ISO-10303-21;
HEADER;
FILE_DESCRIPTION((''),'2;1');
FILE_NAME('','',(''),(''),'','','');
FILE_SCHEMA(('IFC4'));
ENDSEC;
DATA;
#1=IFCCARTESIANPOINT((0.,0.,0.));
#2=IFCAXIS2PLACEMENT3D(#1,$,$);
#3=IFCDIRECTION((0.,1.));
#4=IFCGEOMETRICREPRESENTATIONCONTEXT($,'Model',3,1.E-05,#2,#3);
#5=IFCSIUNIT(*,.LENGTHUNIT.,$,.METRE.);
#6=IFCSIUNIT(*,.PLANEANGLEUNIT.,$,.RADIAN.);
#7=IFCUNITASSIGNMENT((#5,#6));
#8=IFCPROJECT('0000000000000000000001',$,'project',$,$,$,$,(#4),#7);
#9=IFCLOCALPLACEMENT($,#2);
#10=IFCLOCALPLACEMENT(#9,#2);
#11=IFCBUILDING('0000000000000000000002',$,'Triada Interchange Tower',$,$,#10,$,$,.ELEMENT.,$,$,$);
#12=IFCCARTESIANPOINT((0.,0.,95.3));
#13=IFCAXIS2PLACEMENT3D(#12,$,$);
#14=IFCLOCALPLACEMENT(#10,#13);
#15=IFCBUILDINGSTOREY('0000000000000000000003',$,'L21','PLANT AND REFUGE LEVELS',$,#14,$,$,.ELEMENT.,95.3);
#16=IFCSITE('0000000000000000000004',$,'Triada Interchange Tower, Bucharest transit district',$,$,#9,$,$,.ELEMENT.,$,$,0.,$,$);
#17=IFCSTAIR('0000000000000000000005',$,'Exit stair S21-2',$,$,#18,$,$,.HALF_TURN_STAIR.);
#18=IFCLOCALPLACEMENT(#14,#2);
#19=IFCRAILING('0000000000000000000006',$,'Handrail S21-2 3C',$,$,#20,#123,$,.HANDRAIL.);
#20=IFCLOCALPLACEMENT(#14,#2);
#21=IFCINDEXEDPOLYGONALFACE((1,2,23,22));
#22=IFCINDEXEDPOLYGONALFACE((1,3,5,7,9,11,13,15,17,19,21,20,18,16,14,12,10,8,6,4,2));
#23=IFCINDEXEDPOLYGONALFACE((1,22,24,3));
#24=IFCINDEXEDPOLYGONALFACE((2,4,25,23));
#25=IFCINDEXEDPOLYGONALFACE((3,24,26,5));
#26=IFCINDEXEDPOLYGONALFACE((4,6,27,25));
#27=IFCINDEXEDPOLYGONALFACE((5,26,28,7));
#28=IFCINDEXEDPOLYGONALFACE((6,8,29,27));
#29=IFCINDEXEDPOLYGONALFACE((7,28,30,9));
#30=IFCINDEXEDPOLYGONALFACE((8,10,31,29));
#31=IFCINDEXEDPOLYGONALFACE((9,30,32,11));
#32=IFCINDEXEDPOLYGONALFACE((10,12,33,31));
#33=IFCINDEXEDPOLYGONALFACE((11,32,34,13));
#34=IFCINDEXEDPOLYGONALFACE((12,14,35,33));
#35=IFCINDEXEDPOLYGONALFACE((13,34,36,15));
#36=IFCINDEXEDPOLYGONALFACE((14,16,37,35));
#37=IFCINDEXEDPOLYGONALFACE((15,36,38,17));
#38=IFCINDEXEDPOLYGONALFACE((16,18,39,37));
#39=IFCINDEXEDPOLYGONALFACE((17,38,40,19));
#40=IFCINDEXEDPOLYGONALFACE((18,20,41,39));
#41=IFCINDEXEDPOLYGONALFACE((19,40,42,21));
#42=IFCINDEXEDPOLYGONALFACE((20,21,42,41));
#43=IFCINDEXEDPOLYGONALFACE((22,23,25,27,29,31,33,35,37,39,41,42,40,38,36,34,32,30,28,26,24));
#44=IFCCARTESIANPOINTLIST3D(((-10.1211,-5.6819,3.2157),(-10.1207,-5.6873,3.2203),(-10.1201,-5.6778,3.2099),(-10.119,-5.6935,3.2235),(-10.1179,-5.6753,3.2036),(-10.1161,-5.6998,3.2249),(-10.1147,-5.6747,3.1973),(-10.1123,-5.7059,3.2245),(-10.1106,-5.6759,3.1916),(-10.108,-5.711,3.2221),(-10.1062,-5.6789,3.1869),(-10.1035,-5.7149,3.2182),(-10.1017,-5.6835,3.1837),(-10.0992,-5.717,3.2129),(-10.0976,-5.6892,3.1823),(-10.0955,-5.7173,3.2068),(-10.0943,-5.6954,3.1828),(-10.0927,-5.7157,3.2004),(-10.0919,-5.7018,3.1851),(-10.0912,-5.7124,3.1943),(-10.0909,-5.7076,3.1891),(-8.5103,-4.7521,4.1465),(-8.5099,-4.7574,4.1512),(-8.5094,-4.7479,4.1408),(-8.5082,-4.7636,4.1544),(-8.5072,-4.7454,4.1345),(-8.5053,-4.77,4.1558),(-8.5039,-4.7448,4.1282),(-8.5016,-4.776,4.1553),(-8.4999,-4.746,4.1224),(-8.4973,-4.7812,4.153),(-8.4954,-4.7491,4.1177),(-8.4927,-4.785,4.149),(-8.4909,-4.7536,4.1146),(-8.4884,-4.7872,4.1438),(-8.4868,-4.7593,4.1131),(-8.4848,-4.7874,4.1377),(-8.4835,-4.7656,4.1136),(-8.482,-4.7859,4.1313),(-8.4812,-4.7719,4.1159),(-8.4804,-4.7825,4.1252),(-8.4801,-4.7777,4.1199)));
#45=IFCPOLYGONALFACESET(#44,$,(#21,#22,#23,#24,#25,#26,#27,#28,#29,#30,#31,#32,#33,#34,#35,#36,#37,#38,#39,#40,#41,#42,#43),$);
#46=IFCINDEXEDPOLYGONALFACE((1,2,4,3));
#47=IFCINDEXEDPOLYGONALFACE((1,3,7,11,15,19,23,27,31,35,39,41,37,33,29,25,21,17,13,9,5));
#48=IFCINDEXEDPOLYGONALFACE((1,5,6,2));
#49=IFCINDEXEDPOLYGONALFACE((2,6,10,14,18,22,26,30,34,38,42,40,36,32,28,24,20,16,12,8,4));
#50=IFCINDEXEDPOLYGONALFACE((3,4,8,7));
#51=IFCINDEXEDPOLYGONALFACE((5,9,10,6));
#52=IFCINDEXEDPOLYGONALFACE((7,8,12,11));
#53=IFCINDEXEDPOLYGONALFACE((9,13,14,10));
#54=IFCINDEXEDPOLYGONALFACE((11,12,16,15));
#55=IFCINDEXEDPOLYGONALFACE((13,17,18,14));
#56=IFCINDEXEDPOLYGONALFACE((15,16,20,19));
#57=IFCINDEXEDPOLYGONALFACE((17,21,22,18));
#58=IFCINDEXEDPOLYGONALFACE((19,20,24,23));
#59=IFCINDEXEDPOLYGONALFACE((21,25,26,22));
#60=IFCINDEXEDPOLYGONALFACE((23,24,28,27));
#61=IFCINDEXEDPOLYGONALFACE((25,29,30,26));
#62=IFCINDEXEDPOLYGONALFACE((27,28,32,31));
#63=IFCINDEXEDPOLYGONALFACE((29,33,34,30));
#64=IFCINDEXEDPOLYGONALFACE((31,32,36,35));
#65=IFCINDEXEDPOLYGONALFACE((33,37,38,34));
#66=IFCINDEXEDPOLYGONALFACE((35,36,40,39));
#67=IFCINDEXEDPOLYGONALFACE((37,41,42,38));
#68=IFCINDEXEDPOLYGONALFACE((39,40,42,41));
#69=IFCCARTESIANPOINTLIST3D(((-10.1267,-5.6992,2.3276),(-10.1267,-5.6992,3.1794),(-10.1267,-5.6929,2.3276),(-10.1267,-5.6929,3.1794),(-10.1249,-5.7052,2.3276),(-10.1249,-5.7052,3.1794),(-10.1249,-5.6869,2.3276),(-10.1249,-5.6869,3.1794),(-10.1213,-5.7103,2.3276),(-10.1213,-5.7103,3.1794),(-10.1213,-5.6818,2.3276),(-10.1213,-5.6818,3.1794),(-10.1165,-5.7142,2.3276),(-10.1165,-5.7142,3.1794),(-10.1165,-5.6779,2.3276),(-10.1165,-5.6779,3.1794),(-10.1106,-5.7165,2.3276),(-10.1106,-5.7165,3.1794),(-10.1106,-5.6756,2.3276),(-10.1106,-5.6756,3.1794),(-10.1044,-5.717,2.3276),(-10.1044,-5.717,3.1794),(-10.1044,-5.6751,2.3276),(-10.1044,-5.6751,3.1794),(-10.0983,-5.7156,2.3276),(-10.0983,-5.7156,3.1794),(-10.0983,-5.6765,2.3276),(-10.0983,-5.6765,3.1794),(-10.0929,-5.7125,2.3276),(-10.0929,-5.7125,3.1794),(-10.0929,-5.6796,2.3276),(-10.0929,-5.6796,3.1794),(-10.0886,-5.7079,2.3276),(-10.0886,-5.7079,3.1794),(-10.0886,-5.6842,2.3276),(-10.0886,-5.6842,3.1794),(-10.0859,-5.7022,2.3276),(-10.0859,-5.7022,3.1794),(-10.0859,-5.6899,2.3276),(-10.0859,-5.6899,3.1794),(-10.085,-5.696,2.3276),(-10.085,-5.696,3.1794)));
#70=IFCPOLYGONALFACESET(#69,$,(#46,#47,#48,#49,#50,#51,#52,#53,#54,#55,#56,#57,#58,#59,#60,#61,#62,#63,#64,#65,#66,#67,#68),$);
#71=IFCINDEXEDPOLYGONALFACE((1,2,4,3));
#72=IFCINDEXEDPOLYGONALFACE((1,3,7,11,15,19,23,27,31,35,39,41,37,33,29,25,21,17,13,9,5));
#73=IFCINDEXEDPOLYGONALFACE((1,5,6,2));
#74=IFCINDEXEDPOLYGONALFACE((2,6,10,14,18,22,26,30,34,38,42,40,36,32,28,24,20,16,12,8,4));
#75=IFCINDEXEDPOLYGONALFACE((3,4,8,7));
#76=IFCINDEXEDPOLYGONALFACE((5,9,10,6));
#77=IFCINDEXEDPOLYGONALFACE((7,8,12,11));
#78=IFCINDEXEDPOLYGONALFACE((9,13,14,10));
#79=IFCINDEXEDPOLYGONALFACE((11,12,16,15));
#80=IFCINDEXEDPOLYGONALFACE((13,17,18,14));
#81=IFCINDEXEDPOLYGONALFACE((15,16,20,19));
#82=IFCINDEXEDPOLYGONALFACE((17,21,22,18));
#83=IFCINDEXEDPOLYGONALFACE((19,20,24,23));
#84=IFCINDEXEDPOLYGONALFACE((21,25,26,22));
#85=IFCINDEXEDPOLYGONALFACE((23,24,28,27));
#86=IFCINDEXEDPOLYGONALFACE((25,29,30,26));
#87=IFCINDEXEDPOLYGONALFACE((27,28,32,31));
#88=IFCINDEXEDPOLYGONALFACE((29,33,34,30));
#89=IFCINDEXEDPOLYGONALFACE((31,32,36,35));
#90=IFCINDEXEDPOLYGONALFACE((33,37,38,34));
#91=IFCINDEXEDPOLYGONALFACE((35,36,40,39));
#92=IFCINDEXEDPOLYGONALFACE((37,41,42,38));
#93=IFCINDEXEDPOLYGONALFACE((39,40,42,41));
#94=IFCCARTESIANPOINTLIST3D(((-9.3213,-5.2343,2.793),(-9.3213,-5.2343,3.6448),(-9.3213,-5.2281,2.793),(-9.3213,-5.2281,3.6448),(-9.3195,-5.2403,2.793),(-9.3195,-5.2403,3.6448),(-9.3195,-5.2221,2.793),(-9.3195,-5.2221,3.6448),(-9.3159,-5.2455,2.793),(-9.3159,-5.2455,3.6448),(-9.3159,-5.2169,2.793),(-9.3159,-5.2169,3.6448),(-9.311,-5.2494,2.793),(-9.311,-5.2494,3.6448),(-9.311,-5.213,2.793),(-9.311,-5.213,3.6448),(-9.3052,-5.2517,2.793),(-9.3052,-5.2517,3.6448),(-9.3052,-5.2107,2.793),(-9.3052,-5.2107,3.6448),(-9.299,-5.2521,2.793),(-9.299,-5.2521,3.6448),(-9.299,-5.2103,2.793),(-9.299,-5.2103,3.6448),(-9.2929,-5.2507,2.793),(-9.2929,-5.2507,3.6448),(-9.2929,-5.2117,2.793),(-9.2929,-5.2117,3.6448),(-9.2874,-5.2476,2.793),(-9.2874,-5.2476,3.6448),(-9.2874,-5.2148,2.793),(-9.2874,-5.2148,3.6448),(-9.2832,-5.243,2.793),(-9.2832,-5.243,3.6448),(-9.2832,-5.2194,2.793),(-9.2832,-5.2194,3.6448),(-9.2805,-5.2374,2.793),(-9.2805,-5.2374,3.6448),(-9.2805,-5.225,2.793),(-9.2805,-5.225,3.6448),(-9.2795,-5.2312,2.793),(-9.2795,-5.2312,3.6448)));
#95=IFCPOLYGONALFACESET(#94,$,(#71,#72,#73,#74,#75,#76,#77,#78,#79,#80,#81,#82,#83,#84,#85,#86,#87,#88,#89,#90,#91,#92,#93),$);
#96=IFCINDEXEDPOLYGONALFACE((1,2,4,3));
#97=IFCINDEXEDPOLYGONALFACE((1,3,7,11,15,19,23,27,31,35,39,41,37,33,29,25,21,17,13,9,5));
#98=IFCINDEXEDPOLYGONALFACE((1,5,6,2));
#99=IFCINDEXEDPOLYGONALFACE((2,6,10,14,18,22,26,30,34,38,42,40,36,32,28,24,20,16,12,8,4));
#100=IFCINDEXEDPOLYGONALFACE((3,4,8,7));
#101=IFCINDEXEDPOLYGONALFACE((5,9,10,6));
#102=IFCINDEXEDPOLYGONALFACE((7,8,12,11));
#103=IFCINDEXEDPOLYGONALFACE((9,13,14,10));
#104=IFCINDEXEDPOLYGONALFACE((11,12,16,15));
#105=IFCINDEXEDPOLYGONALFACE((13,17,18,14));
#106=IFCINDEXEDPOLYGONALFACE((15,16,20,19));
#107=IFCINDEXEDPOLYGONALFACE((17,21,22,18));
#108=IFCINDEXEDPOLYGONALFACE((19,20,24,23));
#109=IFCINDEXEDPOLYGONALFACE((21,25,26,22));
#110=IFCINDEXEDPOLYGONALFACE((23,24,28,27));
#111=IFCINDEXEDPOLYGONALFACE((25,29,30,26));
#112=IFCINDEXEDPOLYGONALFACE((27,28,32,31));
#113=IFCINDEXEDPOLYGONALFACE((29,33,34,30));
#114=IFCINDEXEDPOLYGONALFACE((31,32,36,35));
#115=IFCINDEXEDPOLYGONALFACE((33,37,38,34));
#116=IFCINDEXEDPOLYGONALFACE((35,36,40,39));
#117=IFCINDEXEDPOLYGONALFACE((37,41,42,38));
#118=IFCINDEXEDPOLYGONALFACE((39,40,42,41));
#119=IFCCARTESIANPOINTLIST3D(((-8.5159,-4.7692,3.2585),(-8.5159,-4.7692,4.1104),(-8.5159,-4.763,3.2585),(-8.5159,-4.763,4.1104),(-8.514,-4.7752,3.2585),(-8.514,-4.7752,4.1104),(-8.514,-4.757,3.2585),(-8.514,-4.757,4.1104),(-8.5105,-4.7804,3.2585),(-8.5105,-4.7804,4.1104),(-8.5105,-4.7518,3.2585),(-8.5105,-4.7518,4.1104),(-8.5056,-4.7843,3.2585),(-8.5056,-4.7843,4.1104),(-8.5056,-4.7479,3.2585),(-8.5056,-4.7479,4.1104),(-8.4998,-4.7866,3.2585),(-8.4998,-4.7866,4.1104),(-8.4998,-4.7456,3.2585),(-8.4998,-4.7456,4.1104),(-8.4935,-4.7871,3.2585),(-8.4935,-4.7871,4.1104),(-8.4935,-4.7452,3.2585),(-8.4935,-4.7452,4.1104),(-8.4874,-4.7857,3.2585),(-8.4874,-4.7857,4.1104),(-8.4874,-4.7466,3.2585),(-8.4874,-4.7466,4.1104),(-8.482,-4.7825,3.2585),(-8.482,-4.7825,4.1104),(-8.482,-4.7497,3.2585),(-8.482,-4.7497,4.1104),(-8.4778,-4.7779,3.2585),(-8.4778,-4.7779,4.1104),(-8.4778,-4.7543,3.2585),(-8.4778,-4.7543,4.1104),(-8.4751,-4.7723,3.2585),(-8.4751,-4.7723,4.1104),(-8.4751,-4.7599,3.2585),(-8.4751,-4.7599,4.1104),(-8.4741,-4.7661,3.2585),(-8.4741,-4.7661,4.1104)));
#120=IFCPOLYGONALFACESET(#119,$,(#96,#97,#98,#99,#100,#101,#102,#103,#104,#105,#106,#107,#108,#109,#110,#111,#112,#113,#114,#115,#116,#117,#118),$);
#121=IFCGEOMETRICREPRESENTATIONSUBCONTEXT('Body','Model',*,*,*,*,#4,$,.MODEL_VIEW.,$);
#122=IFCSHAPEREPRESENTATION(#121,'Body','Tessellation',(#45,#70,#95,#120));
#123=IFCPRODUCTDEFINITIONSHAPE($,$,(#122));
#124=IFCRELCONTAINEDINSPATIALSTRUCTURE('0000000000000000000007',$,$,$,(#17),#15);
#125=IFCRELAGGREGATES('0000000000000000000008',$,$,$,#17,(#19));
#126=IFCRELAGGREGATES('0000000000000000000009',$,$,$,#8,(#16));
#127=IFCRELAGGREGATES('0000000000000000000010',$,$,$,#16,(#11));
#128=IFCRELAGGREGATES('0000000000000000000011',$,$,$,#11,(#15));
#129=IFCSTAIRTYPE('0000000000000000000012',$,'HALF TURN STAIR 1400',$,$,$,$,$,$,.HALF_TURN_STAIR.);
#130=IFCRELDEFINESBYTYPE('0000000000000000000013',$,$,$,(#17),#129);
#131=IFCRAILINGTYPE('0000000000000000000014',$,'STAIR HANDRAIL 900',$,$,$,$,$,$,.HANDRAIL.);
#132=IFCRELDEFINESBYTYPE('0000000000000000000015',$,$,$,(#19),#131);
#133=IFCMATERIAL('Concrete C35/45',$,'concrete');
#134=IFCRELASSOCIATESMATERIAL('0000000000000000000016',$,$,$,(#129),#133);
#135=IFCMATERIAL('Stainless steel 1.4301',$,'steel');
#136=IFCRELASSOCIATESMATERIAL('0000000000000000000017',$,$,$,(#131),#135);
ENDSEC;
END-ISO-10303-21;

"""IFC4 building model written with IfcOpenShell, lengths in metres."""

from ifc_helpers import new_model, si_unit, direction, frame, origin, origin_2d, place, context, subcontext, project, spatial, circle, extrude, material, type_object, element, aggregate, save


model = new_model("IFC4")

# Units and contexts
model_context = context("Model", 3, precision=1e-05, world=origin(), true_north=direction((0.0, 1.0)))
body_context = subcontext(model_context, "Body", "Model", "MODEL_VIEW")
ifc_project = project(units=[si_unit("LENGTHUNIT", "METRE"), si_unit("PLANEANGLEUNIT", "RADIAN")], contexts=[model_context])

# Site, building, storey
site_placement = place(None, origin())
site = spatial("IfcSite", under=ifc_project, at=site_placement, Name="Triada Interchange Tower, Bucharest transit district", CompositionType="ELEMENT", RefElevation=0.0)
building_placement = place(site_placement, origin())
building = spatial("IfcBuilding", under=site, at=building_placement, Name="Triada Interchange Tower", CompositionType="ELEMENT")
storey_placement = place(building_placement, frame((0.0, 0.0, 95.3)))
storey = spatial("IfcBuildingStorey", under=building, at=storey_placement, Name="L21", Description="PLANT AND REFUGE LEVELS", CompositionType="ELEMENT", Elevation=95.3)

# Shared definitions
ifc_material_1 = material(Name="Concrete C35/45", Category="concrete")

# Stair, railing
stair_type = type_object("IfcStairType", Name="HALF TURN STAIR 1400", PredefinedType="HALF_TURN_STAIR", material=ifc_material_1)
stair_placement = place(storey_placement, origin())
stair = element("IfcStair", 1, at=stair_placement, inside=storey, type_object=stair_type, Name="Exit stair S21-2", PredefinedType="HALF_TURN_STAIR")
ifc_material_2 = material(Name="Stainless steel 1.4301", Category="steel")
railing_type_1 = type_object("IfcRailingType", Name="STAIR HANDRAIL 900", PredefinedType="HANDRAIL", material=ifc_material_2)
railing_1_placement = place(storey_placement, frame((-10.106, -5.696, 2.3276)))
railing_1 = element("IfcRailing", 2, at=railing_1_placement, type_object=railing_type_1, Name="Handrail S21-2 3C", PredefinedType="HANDRAIL", context=body_context, shape_type="SweptSolid", body=[
    extrude(circle(Radius=0.0239, at=origin_2d()), frame((0.0, 0.0, 0.876), z_axis=(0.774463, 0.447095, 0.447564), x_axis=(-0.499965, 0.866046, 0.0)), (0.0, 0.0, 1.0), 2.0798),
    extrude(circle(Radius=0.021, at=origin_2d()), origin(), (0.0, 0.0, 1.0), 0.8518),
    extrude(circle(Radius=0.021, at=origin_2d()), frame((0.8054, 0.4648, 0.4653)), (0.0, 0.0, 1.0), 0.8518),
    extrude(circle(Radius=0.021, at=origin_2d()), frame((1.6108, 0.9299, 0.9309)), (0.0, 0.0, 1.0), 0.8518),
])
aggregate(stair, [railing_1])

save(model, "model.ifc")
